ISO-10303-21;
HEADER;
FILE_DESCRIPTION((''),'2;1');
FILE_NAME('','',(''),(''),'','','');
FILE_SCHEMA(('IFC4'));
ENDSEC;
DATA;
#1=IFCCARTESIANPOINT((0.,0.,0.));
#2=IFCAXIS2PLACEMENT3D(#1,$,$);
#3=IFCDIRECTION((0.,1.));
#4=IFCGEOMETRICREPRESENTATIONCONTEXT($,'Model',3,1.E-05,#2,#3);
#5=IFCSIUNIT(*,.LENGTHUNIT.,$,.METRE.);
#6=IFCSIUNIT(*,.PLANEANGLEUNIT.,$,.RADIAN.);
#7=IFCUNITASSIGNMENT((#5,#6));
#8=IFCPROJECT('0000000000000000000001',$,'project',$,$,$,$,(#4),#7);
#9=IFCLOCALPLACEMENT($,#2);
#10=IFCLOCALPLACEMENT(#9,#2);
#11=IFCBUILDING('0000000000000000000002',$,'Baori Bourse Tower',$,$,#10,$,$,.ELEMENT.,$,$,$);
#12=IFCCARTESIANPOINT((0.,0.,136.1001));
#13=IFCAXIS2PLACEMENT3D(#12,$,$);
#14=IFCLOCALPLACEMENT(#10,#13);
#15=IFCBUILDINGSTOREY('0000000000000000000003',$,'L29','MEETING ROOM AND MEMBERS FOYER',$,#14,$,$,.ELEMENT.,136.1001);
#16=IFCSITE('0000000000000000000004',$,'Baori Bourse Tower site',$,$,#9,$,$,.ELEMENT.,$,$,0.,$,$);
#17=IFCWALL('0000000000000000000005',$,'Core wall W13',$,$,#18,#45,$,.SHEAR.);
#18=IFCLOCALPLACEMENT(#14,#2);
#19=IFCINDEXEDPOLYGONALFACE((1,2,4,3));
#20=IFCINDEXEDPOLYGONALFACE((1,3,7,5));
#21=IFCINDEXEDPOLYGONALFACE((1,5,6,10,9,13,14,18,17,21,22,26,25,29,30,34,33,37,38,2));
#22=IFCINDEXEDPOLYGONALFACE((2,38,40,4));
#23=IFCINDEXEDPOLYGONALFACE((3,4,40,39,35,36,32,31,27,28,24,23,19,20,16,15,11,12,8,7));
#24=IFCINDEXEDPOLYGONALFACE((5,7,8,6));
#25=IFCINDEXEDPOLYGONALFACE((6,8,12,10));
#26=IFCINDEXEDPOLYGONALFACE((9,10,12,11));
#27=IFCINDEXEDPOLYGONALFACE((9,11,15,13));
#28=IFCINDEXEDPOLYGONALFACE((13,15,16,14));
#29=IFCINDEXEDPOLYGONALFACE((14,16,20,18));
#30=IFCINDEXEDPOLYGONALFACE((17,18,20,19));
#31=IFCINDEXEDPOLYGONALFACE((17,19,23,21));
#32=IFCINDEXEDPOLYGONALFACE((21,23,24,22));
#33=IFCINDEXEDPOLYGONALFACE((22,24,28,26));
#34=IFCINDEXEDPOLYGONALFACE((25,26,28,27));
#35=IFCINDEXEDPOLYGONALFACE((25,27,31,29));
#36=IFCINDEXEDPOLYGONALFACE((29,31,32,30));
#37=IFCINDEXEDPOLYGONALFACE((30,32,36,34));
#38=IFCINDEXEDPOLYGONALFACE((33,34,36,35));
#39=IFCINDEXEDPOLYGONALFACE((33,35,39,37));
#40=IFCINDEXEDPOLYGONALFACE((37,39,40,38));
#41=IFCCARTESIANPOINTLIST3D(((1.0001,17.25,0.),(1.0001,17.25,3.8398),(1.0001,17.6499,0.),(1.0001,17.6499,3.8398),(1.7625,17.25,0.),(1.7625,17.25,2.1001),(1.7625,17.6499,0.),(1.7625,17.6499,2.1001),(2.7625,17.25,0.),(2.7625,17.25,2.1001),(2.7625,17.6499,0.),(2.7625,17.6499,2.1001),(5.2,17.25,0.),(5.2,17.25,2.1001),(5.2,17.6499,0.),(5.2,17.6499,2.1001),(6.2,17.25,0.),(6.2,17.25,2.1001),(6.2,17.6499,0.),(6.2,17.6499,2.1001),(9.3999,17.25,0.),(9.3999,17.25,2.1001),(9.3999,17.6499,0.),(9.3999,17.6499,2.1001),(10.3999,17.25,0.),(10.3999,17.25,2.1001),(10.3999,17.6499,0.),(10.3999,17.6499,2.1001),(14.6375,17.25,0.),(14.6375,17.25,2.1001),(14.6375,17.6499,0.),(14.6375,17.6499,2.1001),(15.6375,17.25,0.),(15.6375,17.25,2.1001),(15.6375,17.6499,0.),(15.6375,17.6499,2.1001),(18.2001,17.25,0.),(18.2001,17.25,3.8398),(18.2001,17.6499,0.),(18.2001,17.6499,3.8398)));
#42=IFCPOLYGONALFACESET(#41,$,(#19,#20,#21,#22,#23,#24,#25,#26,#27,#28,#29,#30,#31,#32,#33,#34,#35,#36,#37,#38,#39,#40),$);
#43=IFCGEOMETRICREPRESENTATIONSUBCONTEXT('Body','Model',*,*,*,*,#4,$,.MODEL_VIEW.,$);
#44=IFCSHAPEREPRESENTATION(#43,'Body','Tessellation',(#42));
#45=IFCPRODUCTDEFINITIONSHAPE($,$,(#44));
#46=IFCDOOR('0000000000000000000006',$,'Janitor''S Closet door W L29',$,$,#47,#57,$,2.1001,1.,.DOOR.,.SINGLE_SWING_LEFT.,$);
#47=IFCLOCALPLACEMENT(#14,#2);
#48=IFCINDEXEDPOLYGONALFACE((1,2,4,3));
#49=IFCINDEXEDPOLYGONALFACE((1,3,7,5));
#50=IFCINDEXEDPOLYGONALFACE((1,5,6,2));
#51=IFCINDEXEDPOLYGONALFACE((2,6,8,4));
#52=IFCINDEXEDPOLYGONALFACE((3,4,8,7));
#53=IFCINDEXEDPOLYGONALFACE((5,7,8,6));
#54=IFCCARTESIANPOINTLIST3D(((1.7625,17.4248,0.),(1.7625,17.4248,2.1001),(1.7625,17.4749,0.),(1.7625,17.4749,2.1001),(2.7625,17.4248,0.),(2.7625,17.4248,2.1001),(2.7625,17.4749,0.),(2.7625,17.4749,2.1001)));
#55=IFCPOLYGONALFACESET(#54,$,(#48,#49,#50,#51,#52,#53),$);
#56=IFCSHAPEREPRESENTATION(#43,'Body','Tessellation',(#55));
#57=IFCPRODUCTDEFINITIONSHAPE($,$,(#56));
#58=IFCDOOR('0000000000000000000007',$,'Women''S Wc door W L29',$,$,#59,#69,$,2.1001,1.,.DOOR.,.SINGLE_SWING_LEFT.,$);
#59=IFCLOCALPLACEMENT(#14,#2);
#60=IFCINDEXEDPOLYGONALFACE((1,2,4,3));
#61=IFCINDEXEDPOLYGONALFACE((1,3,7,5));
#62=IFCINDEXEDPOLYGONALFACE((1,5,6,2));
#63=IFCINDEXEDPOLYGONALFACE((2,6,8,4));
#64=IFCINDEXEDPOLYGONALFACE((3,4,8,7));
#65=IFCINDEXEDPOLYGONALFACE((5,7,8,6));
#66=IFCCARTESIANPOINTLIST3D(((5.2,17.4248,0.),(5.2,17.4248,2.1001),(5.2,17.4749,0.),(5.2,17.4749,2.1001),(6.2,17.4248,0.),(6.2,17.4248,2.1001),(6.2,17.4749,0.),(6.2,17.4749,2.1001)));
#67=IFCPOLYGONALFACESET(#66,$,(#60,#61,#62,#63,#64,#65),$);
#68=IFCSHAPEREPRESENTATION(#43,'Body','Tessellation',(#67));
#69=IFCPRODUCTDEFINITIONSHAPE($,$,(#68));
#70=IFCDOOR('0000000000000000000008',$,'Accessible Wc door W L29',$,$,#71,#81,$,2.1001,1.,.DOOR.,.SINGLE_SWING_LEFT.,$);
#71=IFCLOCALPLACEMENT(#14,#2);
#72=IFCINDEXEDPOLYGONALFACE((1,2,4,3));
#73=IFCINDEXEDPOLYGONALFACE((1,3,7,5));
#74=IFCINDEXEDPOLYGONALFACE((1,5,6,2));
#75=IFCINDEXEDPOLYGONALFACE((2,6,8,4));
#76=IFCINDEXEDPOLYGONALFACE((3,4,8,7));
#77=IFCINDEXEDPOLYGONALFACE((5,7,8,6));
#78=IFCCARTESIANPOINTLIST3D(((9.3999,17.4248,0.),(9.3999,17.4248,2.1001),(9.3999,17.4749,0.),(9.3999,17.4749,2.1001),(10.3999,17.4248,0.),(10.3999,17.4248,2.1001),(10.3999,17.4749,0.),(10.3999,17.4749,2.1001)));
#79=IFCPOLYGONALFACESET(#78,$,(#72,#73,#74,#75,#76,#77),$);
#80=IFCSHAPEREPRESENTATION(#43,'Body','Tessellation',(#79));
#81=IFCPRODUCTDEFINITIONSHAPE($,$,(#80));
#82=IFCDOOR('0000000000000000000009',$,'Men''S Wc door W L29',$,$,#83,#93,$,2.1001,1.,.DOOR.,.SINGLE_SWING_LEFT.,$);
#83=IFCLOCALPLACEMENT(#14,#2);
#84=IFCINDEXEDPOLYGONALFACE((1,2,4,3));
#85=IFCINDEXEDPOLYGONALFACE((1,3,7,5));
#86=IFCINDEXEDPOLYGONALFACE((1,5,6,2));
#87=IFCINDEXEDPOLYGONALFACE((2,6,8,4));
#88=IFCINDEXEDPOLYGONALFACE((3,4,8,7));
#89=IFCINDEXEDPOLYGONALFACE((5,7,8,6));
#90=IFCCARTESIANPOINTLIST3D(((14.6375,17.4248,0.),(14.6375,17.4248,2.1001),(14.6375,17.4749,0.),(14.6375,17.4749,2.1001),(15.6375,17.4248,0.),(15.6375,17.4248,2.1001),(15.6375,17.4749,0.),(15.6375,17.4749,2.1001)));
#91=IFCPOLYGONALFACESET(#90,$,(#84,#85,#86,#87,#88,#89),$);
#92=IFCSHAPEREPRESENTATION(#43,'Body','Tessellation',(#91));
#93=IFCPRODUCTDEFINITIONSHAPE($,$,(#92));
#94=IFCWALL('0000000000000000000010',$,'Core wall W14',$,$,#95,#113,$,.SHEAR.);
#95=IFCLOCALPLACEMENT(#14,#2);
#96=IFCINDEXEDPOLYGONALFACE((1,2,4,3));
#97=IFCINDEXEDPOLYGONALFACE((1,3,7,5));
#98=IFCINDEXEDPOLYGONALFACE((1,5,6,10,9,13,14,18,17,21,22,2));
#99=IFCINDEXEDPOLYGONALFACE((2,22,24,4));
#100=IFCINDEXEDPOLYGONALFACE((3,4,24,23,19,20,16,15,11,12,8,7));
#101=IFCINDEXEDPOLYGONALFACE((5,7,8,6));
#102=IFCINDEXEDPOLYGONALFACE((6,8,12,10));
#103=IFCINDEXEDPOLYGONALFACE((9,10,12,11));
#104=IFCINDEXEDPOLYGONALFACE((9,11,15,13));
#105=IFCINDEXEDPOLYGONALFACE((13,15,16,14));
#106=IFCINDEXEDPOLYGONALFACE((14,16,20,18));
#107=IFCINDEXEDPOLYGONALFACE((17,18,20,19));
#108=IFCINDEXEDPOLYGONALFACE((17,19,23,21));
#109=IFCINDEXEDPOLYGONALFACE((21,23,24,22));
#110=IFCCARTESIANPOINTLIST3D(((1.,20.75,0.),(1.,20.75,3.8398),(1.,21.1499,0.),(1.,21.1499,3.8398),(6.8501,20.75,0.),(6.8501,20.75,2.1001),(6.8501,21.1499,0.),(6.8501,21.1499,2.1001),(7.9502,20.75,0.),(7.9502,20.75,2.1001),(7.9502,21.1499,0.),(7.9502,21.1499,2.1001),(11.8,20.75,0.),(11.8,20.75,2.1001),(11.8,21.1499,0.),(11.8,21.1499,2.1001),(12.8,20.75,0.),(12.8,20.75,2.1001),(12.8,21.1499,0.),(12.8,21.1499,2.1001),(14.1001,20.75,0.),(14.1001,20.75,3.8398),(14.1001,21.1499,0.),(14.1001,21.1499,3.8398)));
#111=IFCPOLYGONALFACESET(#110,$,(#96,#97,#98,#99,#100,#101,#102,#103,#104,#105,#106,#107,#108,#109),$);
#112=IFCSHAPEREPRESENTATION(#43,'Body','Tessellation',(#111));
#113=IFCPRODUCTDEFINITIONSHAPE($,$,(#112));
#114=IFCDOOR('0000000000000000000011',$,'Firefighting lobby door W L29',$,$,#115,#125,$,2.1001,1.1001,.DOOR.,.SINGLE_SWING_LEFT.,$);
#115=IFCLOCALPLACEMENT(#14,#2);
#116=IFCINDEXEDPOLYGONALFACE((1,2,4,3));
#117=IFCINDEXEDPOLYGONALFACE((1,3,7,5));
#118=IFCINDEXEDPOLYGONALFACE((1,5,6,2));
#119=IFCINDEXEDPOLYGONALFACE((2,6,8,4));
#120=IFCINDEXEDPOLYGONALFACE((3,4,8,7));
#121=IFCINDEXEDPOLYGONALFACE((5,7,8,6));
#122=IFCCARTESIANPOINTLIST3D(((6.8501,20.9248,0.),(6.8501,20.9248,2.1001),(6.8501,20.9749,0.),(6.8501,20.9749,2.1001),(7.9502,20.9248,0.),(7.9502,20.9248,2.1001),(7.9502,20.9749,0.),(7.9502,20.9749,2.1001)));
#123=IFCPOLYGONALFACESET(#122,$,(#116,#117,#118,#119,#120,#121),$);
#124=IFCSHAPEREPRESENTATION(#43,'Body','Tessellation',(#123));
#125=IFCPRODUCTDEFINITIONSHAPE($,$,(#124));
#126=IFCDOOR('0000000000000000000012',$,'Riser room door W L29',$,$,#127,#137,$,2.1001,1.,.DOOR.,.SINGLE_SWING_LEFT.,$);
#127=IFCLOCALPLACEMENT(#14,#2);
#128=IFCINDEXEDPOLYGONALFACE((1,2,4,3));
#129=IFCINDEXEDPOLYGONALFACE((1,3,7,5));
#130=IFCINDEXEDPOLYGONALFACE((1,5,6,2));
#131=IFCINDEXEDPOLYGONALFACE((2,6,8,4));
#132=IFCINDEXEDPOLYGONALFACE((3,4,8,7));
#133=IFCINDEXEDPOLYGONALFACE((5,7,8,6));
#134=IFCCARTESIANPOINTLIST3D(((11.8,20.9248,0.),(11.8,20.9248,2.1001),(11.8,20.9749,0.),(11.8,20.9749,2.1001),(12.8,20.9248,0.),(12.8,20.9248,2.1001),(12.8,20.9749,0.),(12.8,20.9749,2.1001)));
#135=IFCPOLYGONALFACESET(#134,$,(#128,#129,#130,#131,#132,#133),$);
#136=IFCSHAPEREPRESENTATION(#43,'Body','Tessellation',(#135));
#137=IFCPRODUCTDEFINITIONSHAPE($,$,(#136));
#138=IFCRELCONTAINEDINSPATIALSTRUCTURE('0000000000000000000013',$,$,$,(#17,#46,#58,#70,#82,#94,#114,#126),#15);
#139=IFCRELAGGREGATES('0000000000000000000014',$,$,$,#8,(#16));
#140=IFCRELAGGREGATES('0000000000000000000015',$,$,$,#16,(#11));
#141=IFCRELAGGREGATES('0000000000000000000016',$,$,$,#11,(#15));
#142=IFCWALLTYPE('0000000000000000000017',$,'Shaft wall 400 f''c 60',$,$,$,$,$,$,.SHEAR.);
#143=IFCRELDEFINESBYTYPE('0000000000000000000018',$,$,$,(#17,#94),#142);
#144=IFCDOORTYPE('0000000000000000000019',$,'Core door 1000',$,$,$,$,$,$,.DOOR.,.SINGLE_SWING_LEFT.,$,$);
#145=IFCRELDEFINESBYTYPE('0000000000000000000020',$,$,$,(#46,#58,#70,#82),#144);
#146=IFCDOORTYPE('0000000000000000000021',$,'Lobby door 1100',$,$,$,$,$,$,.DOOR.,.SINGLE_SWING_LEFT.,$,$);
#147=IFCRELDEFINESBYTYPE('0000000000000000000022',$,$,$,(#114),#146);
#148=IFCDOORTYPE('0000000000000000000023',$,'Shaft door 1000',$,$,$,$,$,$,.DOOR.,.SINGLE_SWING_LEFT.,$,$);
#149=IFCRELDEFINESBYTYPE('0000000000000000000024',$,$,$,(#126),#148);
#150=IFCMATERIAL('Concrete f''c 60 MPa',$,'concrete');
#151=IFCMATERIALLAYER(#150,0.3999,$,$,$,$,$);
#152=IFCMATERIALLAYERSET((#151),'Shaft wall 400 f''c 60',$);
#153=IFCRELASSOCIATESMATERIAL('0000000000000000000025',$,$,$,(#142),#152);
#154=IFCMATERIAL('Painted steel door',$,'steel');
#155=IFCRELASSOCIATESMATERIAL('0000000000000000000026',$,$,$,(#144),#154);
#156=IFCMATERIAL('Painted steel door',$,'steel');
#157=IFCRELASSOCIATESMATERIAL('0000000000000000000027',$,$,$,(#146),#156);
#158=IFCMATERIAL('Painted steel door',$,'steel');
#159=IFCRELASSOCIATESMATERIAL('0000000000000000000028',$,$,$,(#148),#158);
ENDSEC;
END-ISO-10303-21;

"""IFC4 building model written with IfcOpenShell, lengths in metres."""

from ifc_helpers import new_model, si_unit, direction, frame, frame_2d, origin, place, context, subcontext, project, spatial, rectangle, extrude, material, layer, layer_set, type_object, element, fill, save


model = new_model("IFC4")

# Units and contexts
model_context = context("Model", 3, precision=1e-05, world=origin(), true_north=direction((0.0, 1.0)))
body_context = subcontext(model_context, "Body", "Model", "MODEL_VIEW")
ifc_project = project(units=[si_unit("LENGTHUNIT", "METRE"), si_unit("PLANEANGLEUNIT", "RADIAN")], contexts=[model_context])

# Site, building, storey
site_placement = place(None, origin())
site = spatial("IfcSite", under=ifc_project, at=site_placement, Name="Baori Bourse Tower site", CompositionType="ELEMENT", RefElevation=0.0)
building_placement = place(site_placement, origin())
building = spatial("IfcBuilding", under=site, at=building_placement, Name="Baori Bourse Tower", CompositionType="ELEMENT")
storey_placement = place(building_placement, frame((0.0, 0.0, 136.1001)))
storey = spatial("IfcBuildingStorey", under=building, at=storey_placement, Name="L29", Description="MEETING ROOM AND MEMBERS FOYER", CompositionType="ELEMENT", Elevation=136.1001)

# Shared definitions
ifc_material_1 = material(Name="Concrete f'c 60 MPa", Category="concrete")
ifc_layer_1 = layer(ifc_material_1, 0.3999)
ifc_layer_set_1 = layer_set([ifc_layer_1], Name="Shaft wall 400 f'c 60")
wall_type_1 = type_object("IfcWallType", Name="Shaft wall 400 f'c 60", PredefinedType="SHEAR", material=ifc_layer_set_1)

# Walls, openings, doors
wall_1_placement = place(storey_placement, frame((1.0, 17.45, 0.0), z_axis=(0.0, 0.0, 1.0), x_axis=(1.0, 0.0, 0.0)))
wall_1 = element("IfcWall", 1, at=wall_1_placement, inside=storey, type_object=wall_type_1, Name="Core wall W13", PredefinedType="SHEAR", context=body_context, shape_type="SweptSolid", body=[
    extrude(rectangle(XDim=17.2, YDim=0.3999, at=frame_2d((8.6001, 0.0))), origin(), (0.0, 0.0, 1.0), 3.8398),
])
opening_1_placement = place(wall_1_placement, frame((0.7625, 0.0, 0.0)))
opening_1 = element("IfcOpeningElement", 2, at=opening_1_placement, cuts=wall_1, PredefinedType="OPENING", context=body_context, shape_type="SweptSolid", body=[
    extrude(rectangle(XDim=1.0, YDim=2.1001, at=frame_2d((0.5, 1.05))), frame((0.0, 0.21, 0.0), z_axis=(0.0, -1.0, 0.0), x_axis=(1.0, 0.0, 0.0)), (0.0, 0.0, 1.0), 0.4199),
])
opening_2_placement = place(wall_1_placement, frame((4.2, 0.0, 0.0)))
opening_2 = element("IfcOpeningElement", 3, at=opening_2_placement, cuts=wall_1, PredefinedType="OPENING", context=body_context, shape_type="SweptSolid", body=[
    extrude(rectangle(XDim=1.0, YDim=2.1001, at=frame_2d((0.5, 1.05))), frame((0.0, 0.21, 0.0), z_axis=(0.0, -1.0, 0.0), x_axis=(1.0, 0.0, 0.0)), (0.0, 0.0, 1.0), 0.4199),
])
opening_3_placement = place(wall_1_placement, frame((8.3999, 0.0, 0.0)))
opening_3 = element("IfcOpeningElement", 4, at=opening_3_placement, cuts=wall_1, PredefinedType="OPENING", context=body_context, shape_type="SweptSolid", body=[
    extrude(rectangle(XDim=1.0, YDim=2.1001, at=frame_2d((0.5, 1.05))), frame((0.0, 0.21, 0.0), z_axis=(0.0, -1.0, 0.0), x_axis=(1.0, 0.0, 0.0)), (0.0, 0.0, 1.0), 0.4199),
])
opening_4_placement = place(wall_1_placement, frame((13.6375, 0.0, 0.0)))
opening_4 = element("IfcOpeningElement", 5, at=opening_4_placement, cuts=wall_1, PredefinedType="OPENING", context=body_context, shape_type="SweptSolid", body=[
    extrude(rectangle(XDim=1.0, YDim=2.1001, at=frame_2d((0.5, 1.05))), frame((0.0, 0.21, 0.0), z_axis=(0.0, -1.0, 0.0), x_axis=(1.0, 0.0, 0.0)), (0.0, 0.0, 1.0), 0.4199),
])
ifc_material_2 = material(Name="Painted steel door", Category="steel")
door_type_1 = type_object("IfcDoorType", Name="Core door 1000", OperationType="SINGLE_SWING_LEFT", PredefinedType="DOOR", material=ifc_material_2)
door_1_placement = place(opening_1_placement, origin())
door_1 = element("IfcDoor", 6, at=door_1_placement, inside=storey, type_object=door_type_1, Name="Janitor'S Closet door W L29", OperationType="SINGLE_SWING_LEFT", OverallHeight=2.1001, OverallWidth=1.0, PredefinedType="DOOR", context=body_context, shape_type="SweptSolid", body=[
    extrude(rectangle(XDim=1.0, YDim=2.1001, at=frame_2d((0.5, 1.05))), frame((0.0, 0.0249, 0.0), z_axis=(0.0, -1.0, 0.0), x_axis=(1.0, 0.0, 0.0)), (0.0, 0.0, 1.0), 0.05),
])
fill(opening_1, door_1)
door_2_placement = place(opening_2_placement, origin())
door_2 = element("IfcDoor", 7, at=door_2_placement, inside=storey, type_object=door_type_1, Name="Women'S Wc door W L29", OperationType="SINGLE_SWING_LEFT", OverallHeight=2.1001, OverallWidth=1.0, PredefinedType="DOOR", context=body_context, shape_type="SweptSolid", body=[
    extrude(rectangle(XDim=1.0, YDim=2.1001, at=frame_2d((0.5, 1.05))), frame((0.0, 0.0249, 0.0), z_axis=(0.0, -1.0, 0.0), x_axis=(1.0, 0.0, 0.0)), (0.0, 0.0, 1.0), 0.05),
])
fill(opening_2, door_2)
door_3_placement = place(opening_3_placement, origin())
door_3 = element("IfcDoor", 8, at=door_3_placement, inside=storey, type_object=door_type_1, Name="Accessible Wc door W L29", OperationType="SINGLE_SWING_LEFT", OverallHeight=2.1001, OverallWidth=1.0, PredefinedType="DOOR", context=body_context, shape_type="SweptSolid", body=[
    extrude(rectangle(XDim=1.0, YDim=2.1001, at=frame_2d((0.5, 1.05))), frame((0.0, 0.0249, 0.0), z_axis=(0.0, -1.0, 0.0), x_axis=(1.0, 0.0, 0.0)), (0.0, 0.0, 1.0), 0.05),
])
fill(opening_3, door_3)
door_4_placement = place(opening_4_placement, origin())
door_4 = element("IfcDoor", 9, at=door_4_placement, inside=storey, type_object=door_type_1, Name="Men'S Wc door W L29", OperationType="SINGLE_SWING_LEFT", OverallHeight=2.1001, OverallWidth=1.0, PredefinedType="DOOR", context=body_context, shape_type="SweptSolid", body=[
    extrude(rectangle(XDim=1.0, YDim=2.1001, at=frame_2d((0.5, 1.05))), frame((0.0, 0.0249, 0.0), z_axis=(0.0, -1.0, 0.0), x_axis=(1.0, 0.0, 0.0)), (0.0, 0.0, 1.0), 0.05),
])
fill(opening_4, door_4)
wall_2_placement = place(storey_placement, frame((1.0, 20.95, 0.0), z_axis=(0.0, 0.0, 1.0), x_axis=(1.0, 0.0, 0.0)))
wall_2 = element("IfcWall", 10, at=wall_2_placement, inside=storey, type_object=wall_type_1, Name="Core wall W14", PredefinedType="SHEAR", context=body_context, shape_type="SweptSolid", body=[
    extrude(rectangle(XDim=13.1001, YDim=0.3999, at=frame_2d((6.55, 0.0))), origin(), (0.0, 0.0, 1.0), 3.8398),
])
opening_5_placement = place(wall_2_placement, frame((5.8501, 0.0, 0.0)))
opening_5 = element("IfcOpeningElement", 11, at=opening_5_placement, cuts=wall_2, PredefinedType="OPENING", context=body_context, shape_type="SweptSolid", body=[
    extrude(rectangle(XDim=1.1001, YDim=2.1001, at=frame_2d((0.55, 1.05))), frame((0.0, 0.21, 0.0), z_axis=(0.0, -1.0, 0.0), x_axis=(1.0, 0.0, 0.0)), (0.0, 0.0, 1.0), 0.4199),
])
opening_6_placement = place(wall_2_placement, frame((10.8, 0.0, 0.0)))
opening_6 = element("IfcOpeningElement", 12, at=opening_6_placement, cuts=wall_2, PredefinedType="OPENING", context=body_context, shape_type="SweptSolid", body=[
    extrude(rectangle(XDim=1.0, YDim=2.1001, at=frame_2d((0.5, 1.05))), frame((0.0, 0.21, 0.0), z_axis=(0.0, -1.0, 0.0), x_axis=(1.0, 0.0, 0.0)), (0.0, 0.0, 1.0), 0.4199),
])
ifc_material_3 = material(Name="Painted steel door", Category="steel")
door_type_2 = type_object("IfcDoorType", Name="Lobby door 1100", OperationType="SINGLE_SWING_LEFT", PredefinedType="DOOR", material=ifc_material_3)
door_5_placement = place(opening_5_placement, origin())
door_5 = element("IfcDoor", 13, at=door_5_placement, inside=storey, type_object=door_type_2, Name="Firefighting lobby door W L29", OperationType="SINGLE_SWING_LEFT", OverallHeight=2.1001, OverallWidth=1.1001, PredefinedType="DOOR", context=body_context, shape_type="SweptSolid", body=[
    extrude(rectangle(XDim=1.1001, YDim=2.1001, at=frame_2d((0.55, 1.05))), frame((0.0, 0.0249, 0.0), z_axis=(0.0, -1.0, 0.0), x_axis=(1.0, 0.0, 0.0)), (0.0, 0.0, 1.0), 0.05),
])
fill(opening_5, door_5)
ifc_material_4 = material(Name="Painted steel door", Category="steel")
door_type_3 = type_object("IfcDoorType", Name="Shaft door 1000", OperationType="SINGLE_SWING_LEFT", PredefinedType="DOOR", material=ifc_material_4)
door_6_placement = place(opening_6_placement, origin())
door_6 = element("IfcDoor", 14, at=door_6_placement, inside=storey, type_object=door_type_3, Name="Riser room door W L29", OperationType="SINGLE_SWING_LEFT", OverallHeight=2.1001, OverallWidth=1.0, PredefinedType="DOOR", context=body_context, shape_type="SweptSolid", body=[
    extrude(rectangle(XDim=1.0, YDim=2.1001, at=frame_2d((0.5, 1.05))), frame((0.0, 0.0249, 0.0), z_axis=(0.0, -1.0, 0.0), x_axis=(1.0, 0.0, 0.0)), (0.0, 0.0, 1.0), 0.05),
])
fill(opening_6, door_6)

save(model, "model.ifc")
